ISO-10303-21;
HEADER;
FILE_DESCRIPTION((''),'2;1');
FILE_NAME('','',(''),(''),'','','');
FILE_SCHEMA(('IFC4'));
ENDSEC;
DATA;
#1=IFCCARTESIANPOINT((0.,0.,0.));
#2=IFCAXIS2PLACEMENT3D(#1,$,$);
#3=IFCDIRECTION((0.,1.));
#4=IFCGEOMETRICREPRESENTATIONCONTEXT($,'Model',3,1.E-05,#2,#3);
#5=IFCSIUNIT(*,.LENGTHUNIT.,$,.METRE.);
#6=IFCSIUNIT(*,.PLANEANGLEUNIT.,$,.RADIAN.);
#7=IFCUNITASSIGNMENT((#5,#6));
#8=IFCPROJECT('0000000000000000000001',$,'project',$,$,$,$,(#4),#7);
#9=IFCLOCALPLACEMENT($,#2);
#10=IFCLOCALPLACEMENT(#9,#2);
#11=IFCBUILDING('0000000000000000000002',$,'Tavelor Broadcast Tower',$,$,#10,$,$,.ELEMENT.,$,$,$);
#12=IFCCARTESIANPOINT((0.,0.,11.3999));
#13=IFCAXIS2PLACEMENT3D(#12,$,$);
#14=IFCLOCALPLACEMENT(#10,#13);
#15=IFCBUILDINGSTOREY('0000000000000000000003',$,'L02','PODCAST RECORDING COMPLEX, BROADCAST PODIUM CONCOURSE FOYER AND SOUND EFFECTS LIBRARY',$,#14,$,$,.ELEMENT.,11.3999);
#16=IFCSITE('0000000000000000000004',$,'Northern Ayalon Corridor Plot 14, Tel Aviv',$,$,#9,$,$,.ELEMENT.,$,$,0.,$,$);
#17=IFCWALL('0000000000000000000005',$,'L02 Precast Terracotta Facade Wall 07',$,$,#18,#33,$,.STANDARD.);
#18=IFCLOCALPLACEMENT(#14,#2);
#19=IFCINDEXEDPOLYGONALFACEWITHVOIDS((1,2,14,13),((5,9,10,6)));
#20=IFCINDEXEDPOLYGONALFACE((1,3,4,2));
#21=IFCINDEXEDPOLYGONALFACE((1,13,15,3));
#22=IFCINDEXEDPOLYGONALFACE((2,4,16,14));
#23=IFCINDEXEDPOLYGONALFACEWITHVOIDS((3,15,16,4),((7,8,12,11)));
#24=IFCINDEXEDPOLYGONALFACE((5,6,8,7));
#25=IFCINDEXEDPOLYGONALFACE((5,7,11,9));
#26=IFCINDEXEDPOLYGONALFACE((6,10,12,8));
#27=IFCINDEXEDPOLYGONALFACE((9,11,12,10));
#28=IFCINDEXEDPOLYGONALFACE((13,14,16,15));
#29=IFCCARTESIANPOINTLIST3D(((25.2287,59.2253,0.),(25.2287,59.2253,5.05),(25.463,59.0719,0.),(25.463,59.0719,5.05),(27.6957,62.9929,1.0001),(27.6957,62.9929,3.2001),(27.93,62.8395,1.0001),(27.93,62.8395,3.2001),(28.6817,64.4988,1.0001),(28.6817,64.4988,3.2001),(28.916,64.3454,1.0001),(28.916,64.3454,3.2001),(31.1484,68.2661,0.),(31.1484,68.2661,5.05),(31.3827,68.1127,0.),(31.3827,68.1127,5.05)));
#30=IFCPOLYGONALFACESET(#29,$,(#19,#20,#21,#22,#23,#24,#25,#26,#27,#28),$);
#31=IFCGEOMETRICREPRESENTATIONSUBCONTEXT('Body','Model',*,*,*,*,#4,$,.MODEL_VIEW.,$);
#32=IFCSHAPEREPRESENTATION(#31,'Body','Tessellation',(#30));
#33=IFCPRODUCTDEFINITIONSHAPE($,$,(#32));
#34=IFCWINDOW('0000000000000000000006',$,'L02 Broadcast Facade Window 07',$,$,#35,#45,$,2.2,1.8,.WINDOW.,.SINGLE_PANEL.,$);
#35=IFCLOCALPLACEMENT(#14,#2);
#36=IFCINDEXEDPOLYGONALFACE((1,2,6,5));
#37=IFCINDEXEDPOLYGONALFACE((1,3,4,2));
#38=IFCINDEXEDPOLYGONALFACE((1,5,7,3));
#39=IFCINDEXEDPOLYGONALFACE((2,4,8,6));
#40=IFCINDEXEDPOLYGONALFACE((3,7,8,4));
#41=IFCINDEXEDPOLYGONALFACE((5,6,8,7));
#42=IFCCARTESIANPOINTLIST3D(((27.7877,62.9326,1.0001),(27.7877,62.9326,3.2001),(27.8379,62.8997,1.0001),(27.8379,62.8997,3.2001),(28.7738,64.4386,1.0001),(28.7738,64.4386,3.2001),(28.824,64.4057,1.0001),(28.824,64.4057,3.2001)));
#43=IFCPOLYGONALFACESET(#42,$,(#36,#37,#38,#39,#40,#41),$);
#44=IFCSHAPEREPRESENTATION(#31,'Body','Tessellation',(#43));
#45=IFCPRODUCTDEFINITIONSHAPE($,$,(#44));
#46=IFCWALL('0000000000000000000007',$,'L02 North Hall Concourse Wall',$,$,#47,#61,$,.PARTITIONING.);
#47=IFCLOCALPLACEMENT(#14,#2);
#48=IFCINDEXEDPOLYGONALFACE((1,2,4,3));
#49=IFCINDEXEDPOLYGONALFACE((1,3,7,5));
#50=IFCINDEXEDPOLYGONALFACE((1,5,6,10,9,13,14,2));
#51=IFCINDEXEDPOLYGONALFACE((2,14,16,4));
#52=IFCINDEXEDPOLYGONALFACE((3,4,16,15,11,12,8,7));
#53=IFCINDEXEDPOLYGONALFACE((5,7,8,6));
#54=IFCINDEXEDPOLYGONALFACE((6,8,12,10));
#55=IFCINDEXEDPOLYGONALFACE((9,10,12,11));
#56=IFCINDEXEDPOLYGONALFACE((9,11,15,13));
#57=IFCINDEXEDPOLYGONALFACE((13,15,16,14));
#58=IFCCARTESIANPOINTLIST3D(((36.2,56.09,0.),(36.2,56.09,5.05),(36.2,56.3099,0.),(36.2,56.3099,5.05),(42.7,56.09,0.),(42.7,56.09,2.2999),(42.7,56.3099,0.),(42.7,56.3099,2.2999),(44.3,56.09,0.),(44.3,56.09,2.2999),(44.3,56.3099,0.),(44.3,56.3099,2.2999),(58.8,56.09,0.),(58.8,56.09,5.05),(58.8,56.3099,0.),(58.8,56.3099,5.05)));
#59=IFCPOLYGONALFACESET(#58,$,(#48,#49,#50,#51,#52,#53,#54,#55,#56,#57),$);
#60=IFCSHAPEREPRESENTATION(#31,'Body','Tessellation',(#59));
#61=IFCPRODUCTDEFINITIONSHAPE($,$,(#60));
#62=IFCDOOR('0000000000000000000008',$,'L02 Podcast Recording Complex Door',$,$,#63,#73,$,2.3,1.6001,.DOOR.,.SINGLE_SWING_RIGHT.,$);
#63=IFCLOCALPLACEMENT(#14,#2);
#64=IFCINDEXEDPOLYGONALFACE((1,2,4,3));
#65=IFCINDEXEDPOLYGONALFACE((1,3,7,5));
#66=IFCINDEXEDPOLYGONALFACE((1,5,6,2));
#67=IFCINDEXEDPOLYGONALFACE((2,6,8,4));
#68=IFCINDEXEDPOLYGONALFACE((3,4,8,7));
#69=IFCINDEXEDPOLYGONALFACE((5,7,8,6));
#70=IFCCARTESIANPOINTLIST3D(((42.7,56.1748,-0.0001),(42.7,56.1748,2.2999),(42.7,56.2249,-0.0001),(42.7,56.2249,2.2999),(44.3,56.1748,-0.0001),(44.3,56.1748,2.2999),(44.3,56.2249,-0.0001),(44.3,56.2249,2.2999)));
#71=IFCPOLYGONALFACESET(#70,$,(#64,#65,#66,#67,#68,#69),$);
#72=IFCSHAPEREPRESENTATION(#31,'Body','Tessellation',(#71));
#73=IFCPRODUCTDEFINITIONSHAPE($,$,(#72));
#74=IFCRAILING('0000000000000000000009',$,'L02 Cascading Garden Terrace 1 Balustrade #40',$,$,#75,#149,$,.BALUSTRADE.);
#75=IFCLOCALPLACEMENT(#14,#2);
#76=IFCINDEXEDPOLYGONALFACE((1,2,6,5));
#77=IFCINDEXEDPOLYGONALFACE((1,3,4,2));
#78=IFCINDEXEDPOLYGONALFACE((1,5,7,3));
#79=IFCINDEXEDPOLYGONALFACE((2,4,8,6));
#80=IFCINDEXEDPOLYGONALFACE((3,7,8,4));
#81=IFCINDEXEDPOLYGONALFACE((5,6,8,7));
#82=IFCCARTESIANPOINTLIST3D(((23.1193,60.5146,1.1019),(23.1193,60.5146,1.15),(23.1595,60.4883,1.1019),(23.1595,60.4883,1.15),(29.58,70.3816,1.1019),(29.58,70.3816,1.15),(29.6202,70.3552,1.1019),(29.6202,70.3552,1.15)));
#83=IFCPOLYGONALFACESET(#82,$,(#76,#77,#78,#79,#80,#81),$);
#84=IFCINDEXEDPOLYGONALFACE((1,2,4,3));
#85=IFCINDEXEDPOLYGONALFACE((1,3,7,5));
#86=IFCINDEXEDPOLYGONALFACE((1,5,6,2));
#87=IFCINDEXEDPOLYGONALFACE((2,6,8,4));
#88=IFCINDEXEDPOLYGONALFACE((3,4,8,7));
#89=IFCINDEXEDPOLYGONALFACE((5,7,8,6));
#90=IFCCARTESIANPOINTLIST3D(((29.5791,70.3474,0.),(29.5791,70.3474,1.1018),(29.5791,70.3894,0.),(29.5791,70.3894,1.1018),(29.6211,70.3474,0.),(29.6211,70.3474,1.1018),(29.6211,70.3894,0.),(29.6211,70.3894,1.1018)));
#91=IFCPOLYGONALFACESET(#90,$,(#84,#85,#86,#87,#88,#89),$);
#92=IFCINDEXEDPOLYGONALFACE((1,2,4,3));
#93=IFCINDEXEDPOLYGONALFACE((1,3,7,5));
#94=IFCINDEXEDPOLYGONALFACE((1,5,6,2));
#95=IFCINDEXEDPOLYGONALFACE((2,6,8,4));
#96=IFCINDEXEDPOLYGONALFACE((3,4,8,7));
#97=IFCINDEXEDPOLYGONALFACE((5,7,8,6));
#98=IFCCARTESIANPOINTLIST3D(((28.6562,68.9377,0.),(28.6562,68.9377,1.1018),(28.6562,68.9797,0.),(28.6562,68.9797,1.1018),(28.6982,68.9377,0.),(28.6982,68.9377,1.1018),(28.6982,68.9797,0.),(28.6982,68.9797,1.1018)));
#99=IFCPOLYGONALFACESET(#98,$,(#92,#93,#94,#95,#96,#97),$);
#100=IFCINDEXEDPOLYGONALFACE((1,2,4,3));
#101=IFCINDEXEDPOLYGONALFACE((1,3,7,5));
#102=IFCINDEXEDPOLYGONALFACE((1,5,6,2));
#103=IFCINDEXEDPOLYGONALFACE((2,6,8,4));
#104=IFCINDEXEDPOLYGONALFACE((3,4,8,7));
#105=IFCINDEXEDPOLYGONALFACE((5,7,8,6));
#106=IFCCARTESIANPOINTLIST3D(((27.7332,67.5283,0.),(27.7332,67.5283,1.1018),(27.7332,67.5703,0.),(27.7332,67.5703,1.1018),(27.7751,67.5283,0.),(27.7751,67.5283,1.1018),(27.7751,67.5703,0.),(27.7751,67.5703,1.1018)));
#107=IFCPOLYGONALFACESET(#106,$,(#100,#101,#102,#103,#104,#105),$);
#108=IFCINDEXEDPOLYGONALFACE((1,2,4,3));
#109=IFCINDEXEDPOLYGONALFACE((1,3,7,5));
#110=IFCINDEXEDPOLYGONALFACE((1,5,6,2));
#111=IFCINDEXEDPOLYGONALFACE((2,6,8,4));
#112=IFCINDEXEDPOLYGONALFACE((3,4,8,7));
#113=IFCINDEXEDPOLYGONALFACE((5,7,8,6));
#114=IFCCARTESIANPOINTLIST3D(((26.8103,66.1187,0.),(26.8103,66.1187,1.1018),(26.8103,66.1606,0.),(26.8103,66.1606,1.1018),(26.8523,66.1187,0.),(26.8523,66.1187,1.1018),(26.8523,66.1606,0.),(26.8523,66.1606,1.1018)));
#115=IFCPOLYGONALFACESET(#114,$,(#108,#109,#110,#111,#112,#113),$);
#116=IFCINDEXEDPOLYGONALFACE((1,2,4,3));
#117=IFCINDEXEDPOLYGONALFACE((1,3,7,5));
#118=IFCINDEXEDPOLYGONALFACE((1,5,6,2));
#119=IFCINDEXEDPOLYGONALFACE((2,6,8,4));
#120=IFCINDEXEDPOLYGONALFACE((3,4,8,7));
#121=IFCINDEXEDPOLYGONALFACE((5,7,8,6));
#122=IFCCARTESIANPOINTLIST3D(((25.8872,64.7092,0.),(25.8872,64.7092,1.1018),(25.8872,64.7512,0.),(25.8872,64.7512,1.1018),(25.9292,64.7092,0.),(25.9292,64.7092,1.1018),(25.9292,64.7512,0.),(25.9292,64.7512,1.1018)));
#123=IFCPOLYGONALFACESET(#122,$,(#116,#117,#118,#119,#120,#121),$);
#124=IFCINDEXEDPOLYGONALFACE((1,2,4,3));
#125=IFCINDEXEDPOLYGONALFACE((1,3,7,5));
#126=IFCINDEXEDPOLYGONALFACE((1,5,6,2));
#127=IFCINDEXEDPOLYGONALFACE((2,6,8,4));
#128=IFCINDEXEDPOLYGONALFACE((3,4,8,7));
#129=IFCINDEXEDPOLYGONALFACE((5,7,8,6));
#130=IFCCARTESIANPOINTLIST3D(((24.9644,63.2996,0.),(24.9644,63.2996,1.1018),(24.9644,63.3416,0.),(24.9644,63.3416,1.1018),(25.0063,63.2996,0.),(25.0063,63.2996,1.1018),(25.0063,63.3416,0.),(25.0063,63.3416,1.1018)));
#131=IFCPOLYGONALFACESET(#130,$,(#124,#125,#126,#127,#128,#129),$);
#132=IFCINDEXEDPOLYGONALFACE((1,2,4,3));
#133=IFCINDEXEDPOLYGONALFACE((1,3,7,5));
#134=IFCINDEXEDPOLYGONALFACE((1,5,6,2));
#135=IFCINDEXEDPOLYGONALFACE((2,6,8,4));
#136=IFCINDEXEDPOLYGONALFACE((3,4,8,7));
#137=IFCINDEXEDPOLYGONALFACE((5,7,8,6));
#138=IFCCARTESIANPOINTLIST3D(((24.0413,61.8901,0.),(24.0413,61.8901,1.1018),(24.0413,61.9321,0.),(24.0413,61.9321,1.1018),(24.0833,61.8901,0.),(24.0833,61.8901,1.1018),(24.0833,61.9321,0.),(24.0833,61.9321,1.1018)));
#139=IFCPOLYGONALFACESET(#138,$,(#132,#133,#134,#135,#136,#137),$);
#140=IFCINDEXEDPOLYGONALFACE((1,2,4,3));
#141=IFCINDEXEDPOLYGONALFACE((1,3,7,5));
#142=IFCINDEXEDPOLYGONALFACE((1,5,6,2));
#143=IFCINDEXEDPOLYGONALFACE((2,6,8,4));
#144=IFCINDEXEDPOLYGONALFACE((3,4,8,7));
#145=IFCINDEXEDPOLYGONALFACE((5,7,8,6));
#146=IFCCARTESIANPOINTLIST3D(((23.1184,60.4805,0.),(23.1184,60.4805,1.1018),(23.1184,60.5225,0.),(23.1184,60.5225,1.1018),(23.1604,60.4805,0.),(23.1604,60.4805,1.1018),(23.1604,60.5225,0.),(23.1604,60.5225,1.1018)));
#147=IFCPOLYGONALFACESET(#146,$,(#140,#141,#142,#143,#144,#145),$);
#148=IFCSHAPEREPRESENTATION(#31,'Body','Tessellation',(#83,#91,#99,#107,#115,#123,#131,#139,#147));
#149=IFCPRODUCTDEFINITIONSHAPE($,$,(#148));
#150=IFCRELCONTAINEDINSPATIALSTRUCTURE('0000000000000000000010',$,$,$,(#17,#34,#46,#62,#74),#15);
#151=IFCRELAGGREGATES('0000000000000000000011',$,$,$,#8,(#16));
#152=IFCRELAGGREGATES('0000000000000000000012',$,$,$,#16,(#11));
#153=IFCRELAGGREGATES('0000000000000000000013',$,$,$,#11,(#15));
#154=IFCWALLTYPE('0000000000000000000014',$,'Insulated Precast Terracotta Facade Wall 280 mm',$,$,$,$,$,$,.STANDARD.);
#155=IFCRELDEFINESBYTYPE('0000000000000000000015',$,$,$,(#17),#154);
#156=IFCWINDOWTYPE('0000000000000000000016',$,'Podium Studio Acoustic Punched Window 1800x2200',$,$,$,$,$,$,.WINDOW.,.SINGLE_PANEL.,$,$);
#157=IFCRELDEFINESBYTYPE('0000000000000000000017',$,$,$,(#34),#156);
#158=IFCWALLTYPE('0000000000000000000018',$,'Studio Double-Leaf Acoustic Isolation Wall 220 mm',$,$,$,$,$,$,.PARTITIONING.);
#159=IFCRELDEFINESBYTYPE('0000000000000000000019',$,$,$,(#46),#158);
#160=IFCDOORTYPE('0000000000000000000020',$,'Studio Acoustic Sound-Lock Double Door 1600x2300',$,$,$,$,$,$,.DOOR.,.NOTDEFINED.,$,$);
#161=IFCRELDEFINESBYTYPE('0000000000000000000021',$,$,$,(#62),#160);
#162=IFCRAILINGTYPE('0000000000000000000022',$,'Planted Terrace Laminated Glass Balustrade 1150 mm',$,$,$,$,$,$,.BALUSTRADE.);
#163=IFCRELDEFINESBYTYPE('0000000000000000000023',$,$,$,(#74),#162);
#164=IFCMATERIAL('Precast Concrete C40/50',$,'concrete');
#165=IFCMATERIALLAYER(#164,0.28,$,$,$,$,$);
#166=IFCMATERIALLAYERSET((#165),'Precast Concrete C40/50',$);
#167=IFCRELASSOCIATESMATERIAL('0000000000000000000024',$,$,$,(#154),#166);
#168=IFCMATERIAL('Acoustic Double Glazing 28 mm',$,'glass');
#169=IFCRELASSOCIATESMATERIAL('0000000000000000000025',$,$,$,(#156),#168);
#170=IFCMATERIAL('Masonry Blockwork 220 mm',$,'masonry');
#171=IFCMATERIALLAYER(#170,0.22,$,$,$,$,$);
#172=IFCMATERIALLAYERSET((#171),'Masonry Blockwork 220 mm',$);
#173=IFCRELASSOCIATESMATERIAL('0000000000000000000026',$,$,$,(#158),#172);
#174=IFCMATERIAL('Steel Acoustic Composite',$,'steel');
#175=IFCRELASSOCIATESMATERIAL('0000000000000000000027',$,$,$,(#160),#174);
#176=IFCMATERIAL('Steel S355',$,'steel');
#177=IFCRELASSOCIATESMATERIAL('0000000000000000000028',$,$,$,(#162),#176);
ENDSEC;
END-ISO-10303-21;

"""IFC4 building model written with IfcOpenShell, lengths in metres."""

from ifc_helpers import new_model, si_unit, direction, frame, frame_2d, origin, origin_2d, place, context, subcontext, project, spatial, rectangle, extrude, material, layer, layer_set, type_object, element, fill, save


model = new_model("IFC4")

# Units and contexts
model_context = context("Model", 3, precision=1e-05, world=origin(), true_north=direction((0.0, 1.0)))
body_context = subcontext(model_context, "Body", "Model", "MODEL_VIEW")
ifc_project = project(units=[si_unit("LENGTHUNIT", "METRE"), si_unit("PLANEANGLEUNIT", "RADIAN")], contexts=[model_context])

# Site, building, storey
site_placement = place(None, origin())
site = spatial("IfcSite", under=ifc_project, at=site_placement, Name="Northern Ayalon Corridor Plot 14, Tel Aviv", CompositionType="ELEMENT", RefElevation=0.0)
building_placement = place(site_placement, origin())
building = spatial("IfcBuilding", under=site, at=building_placement, Name="Tavelor Broadcast Tower", CompositionType="ELEMENT")
storey_placement = place(building_placement, frame((0.0, 0.0, 11.3999)))
storey = spatial("IfcBuildingStorey", under=building, at=storey_placement, Name="L02", Description="PODCAST RECORDING COMPLEX, BROADCAST PODIUM CONCOURSE FOYER AND SOUND EFFECTS LIBRARY", CompositionType="ELEMENT", Elevation=11.3999)

# Shared definitions
ifc_material_1 = material(Name="Steel S355", Category="steel")

# Wall, opening, window
ifc_material_2 = material(Name="Precast Concrete C40/50", Category="concrete")
ifc_layer_1 = layer(ifc_material_2, 0.28)
ifc_layer_set_1 = layer_set([ifc_layer_1], Name="Precast Concrete C40/50")
wall_type_1 = type_object("IfcWallType", Name="Insulated Precast Terracotta Facade Wall 280 mm", PredefinedType="STANDARD", material=ifc_layer_set_1)
wall_1_placement = place(storey_placement, frame((31.2656, 68.1895, 0.0), z_axis=(0.0, 0.0, 1.0), x_axis=(-0.547794, -0.836613, 0.0)))
wall_1 = element("IfcWall", 1, at=wall_1_placement, inside=storey, type_object=wall_type_1, Name="L02 Precast Terracotta Facade Wall 07", PredefinedType="STANDARD", context=body_context, shape_type="SweptSolid", body=[
    extrude(rectangle(XDim=10.8064, YDim=0.28, at=frame_2d((5.4033, 0.0))), origin(), (0.0, 0.0, 1.0), 5.05),
])
opening_1_placement = place(wall_1_placement, frame((4.5032, 0.0, 1.0)))
opening_1 = element("IfcOpeningElement", 2, at=opening_1_placement, cuts=wall_1, PredefinedType="OPENING", context=body_context, shape_type="SweptSolid", body=[
    extrude(rectangle(XDim=1.8, YDim=2.2, at=frame_2d((0.8999, 1.1001))), frame((0.0, 0.1499, 0.0), z_axis=(0.0, -1.0, 0.0), x_axis=(1.0, 0.0, 0.0)), (0.0, 0.0, 1.0), 0.3),
])
ifc_material_3 = material(Name="Acoustic Double Glazing 28 mm", Category="glass")
window_type = type_object("IfcWindowType", Name="Podium Studio Acoustic Punched Window 1800x2200", PartitioningType="SINGLE_PANEL", PredefinedType="WINDOW", material=ifc_material_3)
window_placement = place(opening_1_placement, origin())
window = element("IfcWindow", 3, at=window_placement, inside=storey, type_object=window_type, Name="L02 Broadcast Facade Window 07", OverallHeight=2.2, OverallWidth=1.8, PartitioningType="SINGLE_PANEL", PredefinedType="WINDOW", context=body_context, shape_type="SweptSolid", body=[
    extrude(rectangle(XDim=1.8, YDim=2.2, at=frame_2d((0.8999, 1.1001))), frame((0.0, 0.03, 0.0), z_axis=(0.0, -1.0, 0.0), x_axis=(1.0, 0.0, 0.0)), (0.0, 0.0, 1.0), 0.0601),
])
fill(opening_1, window)

# Wall, opening, door
ifc_material_4 = material(Name="Masonry Blockwork 220 mm", Category="masonry")
ifc_layer_2 = layer(ifc_material_4, 0.22)
ifc_layer_set_2 = layer_set([ifc_layer_2], Name="Masonry Blockwork 220 mm")
wall_type_2 = type_object("IfcWallType", Name="Studio Double-Leaf Acoustic Isolation Wall 220 mm", PredefinedType="PARTITIONING", material=ifc_layer_set_2)
wall_2_placement = place(storey_placement, frame((36.2, 56.2, 0.0), z_axis=(0.0, 0.0, 1.0), x_axis=(1.0, 0.0, 0.0)))
wall_2 = element("IfcWall", 4, at=wall_2_placement, inside=storey, type_object=wall_type_2, Name="L02 North Hall Concourse Wall", PredefinedType="PARTITIONING", context=body_context, shape_type="SweptSolid", body=[
    extrude(rectangle(XDim=22.6001, YDim=0.22, at=frame_2d((11.3, 0.0))), origin(), (0.0, 0.0, 1.0), 5.05),
])
opening_2_placement = place(wall_2_placement, frame((6.5, 0.0, 0.0)))
opening_2 = element("IfcOpeningElement", 5, at=opening_2_placement, cuts=wall_2, PredefinedType="OPENING", context=body_context, shape_type="SweptSolid", body=[
    extrude(rectangle(XDim=1.6001, YDim=2.3, at=frame_2d((0.8, 1.1499))), frame((0.0, 0.1201, 0.0), z_axis=(0.0, -1.0, 0.0), x_axis=(1.0, 0.0, 0.0)), (0.0, 0.0, 1.0), 0.24),
])
ifc_material_5 = material(Name="Steel Acoustic Composite", Category="steel")
door_type = type_object("IfcDoorType", Name="Studio Acoustic Sound-Lock Double Door 1600x2300", OperationType="NOTDEFINED", PredefinedType="DOOR", material=ifc_material_5)
door_placement = place(opening_2_placement, origin())
door = element("IfcDoor", 6, at=door_placement, inside=storey, type_object=door_type, Name="L02 Podcast Recording Complex Door", OperationType="SINGLE_SWING_RIGHT", OverallHeight=2.3, OverallWidth=1.6001, PredefinedType="DOOR", context=body_context, shape_type="SweptSolid", body=[
    extrude(rectangle(XDim=1.6001, YDim=2.3, at=frame_2d((0.8, 1.1499))), frame((0.0, 0.0249, 0.0), z_axis=(0.0, -1.0, 0.0), x_axis=(1.0, 0.0, 0.0)), (0.0, 0.0, 1.0), 0.05),
])
fill(opening_2, door)

# Railing
railing_type = type_object("IfcRailingType", Name="Planted Terrace Laminated Glass Balustrade 1150 mm", PredefinedType="BALUSTRADE", material=ifc_material_1)
railing_1_placement = place(storey_placement, frame((29.6001, 70.3684, 0.0)))
element("IfcRailing", 7, at=railing_1_placement, inside=storey, type_object=railing_type, Name="L02 Cascading Garden Terrace 1 Balustrade #40", PredefinedType="BALUSTRADE", context=body_context, shape_type="SweptSolid", body=[
    extrude(rectangle(XDim=0.0481, YDim=0.0481, at=origin_2d()), frame((0.0, 0.0, 1.126), z_axis=(-0.547797, -0.836611, 0.0), x_axis=(0.836611, -0.547797, 0.0)), (0.0, 0.0, 1.0), 11.7939),
    extrude(rectangle(XDim=0.042, YDim=0.042, at=origin_2d()), origin(), (0.0, 0.0, 1.0), 1.1018),
    extrude(rectangle(XDim=0.042, YDim=0.042, at=origin_2d()), frame((-0.9229, -1.4097, 0.0)), (0.0, 0.0, 1.0), 1.1018),
    extrude(rectangle(XDim=0.042, YDim=0.042, at=origin_2d()), frame((-1.8459, -2.8191, 0.0)), (0.0, 0.0, 1.0), 1.1018),
    extrude(rectangle(XDim=0.042, YDim=0.042, at=origin_2d()), frame((-2.7688, -4.2288, 0.0)), (0.0, 0.0, 1.0), 1.1018),
    extrude(rectangle(XDim=0.042, YDim=0.042, at=origin_2d()), frame((-3.6919, -5.6382, 0.0)), (0.0, 0.0, 1.0), 1.1018),
    extrude(rectangle(XDim=0.042, YDim=0.042, at=origin_2d()), frame((-4.6147, -7.0479, 0.0)), (0.0, 0.0, 1.0), 1.1018),
    extrude(rectangle(XDim=0.042, YDim=0.042, at=origin_2d()), frame((-5.5378, -8.4573, 0.0)), (0.0, 0.0, 1.0), 1.1018),
    extrude(rectangle(XDim=0.042, YDim=0.042, at=origin_2d()), frame((-6.4607, -9.8669, 0.0)), (0.0, 0.0, 1.0), 1.1018),
])

save(model, "model.ifc")
